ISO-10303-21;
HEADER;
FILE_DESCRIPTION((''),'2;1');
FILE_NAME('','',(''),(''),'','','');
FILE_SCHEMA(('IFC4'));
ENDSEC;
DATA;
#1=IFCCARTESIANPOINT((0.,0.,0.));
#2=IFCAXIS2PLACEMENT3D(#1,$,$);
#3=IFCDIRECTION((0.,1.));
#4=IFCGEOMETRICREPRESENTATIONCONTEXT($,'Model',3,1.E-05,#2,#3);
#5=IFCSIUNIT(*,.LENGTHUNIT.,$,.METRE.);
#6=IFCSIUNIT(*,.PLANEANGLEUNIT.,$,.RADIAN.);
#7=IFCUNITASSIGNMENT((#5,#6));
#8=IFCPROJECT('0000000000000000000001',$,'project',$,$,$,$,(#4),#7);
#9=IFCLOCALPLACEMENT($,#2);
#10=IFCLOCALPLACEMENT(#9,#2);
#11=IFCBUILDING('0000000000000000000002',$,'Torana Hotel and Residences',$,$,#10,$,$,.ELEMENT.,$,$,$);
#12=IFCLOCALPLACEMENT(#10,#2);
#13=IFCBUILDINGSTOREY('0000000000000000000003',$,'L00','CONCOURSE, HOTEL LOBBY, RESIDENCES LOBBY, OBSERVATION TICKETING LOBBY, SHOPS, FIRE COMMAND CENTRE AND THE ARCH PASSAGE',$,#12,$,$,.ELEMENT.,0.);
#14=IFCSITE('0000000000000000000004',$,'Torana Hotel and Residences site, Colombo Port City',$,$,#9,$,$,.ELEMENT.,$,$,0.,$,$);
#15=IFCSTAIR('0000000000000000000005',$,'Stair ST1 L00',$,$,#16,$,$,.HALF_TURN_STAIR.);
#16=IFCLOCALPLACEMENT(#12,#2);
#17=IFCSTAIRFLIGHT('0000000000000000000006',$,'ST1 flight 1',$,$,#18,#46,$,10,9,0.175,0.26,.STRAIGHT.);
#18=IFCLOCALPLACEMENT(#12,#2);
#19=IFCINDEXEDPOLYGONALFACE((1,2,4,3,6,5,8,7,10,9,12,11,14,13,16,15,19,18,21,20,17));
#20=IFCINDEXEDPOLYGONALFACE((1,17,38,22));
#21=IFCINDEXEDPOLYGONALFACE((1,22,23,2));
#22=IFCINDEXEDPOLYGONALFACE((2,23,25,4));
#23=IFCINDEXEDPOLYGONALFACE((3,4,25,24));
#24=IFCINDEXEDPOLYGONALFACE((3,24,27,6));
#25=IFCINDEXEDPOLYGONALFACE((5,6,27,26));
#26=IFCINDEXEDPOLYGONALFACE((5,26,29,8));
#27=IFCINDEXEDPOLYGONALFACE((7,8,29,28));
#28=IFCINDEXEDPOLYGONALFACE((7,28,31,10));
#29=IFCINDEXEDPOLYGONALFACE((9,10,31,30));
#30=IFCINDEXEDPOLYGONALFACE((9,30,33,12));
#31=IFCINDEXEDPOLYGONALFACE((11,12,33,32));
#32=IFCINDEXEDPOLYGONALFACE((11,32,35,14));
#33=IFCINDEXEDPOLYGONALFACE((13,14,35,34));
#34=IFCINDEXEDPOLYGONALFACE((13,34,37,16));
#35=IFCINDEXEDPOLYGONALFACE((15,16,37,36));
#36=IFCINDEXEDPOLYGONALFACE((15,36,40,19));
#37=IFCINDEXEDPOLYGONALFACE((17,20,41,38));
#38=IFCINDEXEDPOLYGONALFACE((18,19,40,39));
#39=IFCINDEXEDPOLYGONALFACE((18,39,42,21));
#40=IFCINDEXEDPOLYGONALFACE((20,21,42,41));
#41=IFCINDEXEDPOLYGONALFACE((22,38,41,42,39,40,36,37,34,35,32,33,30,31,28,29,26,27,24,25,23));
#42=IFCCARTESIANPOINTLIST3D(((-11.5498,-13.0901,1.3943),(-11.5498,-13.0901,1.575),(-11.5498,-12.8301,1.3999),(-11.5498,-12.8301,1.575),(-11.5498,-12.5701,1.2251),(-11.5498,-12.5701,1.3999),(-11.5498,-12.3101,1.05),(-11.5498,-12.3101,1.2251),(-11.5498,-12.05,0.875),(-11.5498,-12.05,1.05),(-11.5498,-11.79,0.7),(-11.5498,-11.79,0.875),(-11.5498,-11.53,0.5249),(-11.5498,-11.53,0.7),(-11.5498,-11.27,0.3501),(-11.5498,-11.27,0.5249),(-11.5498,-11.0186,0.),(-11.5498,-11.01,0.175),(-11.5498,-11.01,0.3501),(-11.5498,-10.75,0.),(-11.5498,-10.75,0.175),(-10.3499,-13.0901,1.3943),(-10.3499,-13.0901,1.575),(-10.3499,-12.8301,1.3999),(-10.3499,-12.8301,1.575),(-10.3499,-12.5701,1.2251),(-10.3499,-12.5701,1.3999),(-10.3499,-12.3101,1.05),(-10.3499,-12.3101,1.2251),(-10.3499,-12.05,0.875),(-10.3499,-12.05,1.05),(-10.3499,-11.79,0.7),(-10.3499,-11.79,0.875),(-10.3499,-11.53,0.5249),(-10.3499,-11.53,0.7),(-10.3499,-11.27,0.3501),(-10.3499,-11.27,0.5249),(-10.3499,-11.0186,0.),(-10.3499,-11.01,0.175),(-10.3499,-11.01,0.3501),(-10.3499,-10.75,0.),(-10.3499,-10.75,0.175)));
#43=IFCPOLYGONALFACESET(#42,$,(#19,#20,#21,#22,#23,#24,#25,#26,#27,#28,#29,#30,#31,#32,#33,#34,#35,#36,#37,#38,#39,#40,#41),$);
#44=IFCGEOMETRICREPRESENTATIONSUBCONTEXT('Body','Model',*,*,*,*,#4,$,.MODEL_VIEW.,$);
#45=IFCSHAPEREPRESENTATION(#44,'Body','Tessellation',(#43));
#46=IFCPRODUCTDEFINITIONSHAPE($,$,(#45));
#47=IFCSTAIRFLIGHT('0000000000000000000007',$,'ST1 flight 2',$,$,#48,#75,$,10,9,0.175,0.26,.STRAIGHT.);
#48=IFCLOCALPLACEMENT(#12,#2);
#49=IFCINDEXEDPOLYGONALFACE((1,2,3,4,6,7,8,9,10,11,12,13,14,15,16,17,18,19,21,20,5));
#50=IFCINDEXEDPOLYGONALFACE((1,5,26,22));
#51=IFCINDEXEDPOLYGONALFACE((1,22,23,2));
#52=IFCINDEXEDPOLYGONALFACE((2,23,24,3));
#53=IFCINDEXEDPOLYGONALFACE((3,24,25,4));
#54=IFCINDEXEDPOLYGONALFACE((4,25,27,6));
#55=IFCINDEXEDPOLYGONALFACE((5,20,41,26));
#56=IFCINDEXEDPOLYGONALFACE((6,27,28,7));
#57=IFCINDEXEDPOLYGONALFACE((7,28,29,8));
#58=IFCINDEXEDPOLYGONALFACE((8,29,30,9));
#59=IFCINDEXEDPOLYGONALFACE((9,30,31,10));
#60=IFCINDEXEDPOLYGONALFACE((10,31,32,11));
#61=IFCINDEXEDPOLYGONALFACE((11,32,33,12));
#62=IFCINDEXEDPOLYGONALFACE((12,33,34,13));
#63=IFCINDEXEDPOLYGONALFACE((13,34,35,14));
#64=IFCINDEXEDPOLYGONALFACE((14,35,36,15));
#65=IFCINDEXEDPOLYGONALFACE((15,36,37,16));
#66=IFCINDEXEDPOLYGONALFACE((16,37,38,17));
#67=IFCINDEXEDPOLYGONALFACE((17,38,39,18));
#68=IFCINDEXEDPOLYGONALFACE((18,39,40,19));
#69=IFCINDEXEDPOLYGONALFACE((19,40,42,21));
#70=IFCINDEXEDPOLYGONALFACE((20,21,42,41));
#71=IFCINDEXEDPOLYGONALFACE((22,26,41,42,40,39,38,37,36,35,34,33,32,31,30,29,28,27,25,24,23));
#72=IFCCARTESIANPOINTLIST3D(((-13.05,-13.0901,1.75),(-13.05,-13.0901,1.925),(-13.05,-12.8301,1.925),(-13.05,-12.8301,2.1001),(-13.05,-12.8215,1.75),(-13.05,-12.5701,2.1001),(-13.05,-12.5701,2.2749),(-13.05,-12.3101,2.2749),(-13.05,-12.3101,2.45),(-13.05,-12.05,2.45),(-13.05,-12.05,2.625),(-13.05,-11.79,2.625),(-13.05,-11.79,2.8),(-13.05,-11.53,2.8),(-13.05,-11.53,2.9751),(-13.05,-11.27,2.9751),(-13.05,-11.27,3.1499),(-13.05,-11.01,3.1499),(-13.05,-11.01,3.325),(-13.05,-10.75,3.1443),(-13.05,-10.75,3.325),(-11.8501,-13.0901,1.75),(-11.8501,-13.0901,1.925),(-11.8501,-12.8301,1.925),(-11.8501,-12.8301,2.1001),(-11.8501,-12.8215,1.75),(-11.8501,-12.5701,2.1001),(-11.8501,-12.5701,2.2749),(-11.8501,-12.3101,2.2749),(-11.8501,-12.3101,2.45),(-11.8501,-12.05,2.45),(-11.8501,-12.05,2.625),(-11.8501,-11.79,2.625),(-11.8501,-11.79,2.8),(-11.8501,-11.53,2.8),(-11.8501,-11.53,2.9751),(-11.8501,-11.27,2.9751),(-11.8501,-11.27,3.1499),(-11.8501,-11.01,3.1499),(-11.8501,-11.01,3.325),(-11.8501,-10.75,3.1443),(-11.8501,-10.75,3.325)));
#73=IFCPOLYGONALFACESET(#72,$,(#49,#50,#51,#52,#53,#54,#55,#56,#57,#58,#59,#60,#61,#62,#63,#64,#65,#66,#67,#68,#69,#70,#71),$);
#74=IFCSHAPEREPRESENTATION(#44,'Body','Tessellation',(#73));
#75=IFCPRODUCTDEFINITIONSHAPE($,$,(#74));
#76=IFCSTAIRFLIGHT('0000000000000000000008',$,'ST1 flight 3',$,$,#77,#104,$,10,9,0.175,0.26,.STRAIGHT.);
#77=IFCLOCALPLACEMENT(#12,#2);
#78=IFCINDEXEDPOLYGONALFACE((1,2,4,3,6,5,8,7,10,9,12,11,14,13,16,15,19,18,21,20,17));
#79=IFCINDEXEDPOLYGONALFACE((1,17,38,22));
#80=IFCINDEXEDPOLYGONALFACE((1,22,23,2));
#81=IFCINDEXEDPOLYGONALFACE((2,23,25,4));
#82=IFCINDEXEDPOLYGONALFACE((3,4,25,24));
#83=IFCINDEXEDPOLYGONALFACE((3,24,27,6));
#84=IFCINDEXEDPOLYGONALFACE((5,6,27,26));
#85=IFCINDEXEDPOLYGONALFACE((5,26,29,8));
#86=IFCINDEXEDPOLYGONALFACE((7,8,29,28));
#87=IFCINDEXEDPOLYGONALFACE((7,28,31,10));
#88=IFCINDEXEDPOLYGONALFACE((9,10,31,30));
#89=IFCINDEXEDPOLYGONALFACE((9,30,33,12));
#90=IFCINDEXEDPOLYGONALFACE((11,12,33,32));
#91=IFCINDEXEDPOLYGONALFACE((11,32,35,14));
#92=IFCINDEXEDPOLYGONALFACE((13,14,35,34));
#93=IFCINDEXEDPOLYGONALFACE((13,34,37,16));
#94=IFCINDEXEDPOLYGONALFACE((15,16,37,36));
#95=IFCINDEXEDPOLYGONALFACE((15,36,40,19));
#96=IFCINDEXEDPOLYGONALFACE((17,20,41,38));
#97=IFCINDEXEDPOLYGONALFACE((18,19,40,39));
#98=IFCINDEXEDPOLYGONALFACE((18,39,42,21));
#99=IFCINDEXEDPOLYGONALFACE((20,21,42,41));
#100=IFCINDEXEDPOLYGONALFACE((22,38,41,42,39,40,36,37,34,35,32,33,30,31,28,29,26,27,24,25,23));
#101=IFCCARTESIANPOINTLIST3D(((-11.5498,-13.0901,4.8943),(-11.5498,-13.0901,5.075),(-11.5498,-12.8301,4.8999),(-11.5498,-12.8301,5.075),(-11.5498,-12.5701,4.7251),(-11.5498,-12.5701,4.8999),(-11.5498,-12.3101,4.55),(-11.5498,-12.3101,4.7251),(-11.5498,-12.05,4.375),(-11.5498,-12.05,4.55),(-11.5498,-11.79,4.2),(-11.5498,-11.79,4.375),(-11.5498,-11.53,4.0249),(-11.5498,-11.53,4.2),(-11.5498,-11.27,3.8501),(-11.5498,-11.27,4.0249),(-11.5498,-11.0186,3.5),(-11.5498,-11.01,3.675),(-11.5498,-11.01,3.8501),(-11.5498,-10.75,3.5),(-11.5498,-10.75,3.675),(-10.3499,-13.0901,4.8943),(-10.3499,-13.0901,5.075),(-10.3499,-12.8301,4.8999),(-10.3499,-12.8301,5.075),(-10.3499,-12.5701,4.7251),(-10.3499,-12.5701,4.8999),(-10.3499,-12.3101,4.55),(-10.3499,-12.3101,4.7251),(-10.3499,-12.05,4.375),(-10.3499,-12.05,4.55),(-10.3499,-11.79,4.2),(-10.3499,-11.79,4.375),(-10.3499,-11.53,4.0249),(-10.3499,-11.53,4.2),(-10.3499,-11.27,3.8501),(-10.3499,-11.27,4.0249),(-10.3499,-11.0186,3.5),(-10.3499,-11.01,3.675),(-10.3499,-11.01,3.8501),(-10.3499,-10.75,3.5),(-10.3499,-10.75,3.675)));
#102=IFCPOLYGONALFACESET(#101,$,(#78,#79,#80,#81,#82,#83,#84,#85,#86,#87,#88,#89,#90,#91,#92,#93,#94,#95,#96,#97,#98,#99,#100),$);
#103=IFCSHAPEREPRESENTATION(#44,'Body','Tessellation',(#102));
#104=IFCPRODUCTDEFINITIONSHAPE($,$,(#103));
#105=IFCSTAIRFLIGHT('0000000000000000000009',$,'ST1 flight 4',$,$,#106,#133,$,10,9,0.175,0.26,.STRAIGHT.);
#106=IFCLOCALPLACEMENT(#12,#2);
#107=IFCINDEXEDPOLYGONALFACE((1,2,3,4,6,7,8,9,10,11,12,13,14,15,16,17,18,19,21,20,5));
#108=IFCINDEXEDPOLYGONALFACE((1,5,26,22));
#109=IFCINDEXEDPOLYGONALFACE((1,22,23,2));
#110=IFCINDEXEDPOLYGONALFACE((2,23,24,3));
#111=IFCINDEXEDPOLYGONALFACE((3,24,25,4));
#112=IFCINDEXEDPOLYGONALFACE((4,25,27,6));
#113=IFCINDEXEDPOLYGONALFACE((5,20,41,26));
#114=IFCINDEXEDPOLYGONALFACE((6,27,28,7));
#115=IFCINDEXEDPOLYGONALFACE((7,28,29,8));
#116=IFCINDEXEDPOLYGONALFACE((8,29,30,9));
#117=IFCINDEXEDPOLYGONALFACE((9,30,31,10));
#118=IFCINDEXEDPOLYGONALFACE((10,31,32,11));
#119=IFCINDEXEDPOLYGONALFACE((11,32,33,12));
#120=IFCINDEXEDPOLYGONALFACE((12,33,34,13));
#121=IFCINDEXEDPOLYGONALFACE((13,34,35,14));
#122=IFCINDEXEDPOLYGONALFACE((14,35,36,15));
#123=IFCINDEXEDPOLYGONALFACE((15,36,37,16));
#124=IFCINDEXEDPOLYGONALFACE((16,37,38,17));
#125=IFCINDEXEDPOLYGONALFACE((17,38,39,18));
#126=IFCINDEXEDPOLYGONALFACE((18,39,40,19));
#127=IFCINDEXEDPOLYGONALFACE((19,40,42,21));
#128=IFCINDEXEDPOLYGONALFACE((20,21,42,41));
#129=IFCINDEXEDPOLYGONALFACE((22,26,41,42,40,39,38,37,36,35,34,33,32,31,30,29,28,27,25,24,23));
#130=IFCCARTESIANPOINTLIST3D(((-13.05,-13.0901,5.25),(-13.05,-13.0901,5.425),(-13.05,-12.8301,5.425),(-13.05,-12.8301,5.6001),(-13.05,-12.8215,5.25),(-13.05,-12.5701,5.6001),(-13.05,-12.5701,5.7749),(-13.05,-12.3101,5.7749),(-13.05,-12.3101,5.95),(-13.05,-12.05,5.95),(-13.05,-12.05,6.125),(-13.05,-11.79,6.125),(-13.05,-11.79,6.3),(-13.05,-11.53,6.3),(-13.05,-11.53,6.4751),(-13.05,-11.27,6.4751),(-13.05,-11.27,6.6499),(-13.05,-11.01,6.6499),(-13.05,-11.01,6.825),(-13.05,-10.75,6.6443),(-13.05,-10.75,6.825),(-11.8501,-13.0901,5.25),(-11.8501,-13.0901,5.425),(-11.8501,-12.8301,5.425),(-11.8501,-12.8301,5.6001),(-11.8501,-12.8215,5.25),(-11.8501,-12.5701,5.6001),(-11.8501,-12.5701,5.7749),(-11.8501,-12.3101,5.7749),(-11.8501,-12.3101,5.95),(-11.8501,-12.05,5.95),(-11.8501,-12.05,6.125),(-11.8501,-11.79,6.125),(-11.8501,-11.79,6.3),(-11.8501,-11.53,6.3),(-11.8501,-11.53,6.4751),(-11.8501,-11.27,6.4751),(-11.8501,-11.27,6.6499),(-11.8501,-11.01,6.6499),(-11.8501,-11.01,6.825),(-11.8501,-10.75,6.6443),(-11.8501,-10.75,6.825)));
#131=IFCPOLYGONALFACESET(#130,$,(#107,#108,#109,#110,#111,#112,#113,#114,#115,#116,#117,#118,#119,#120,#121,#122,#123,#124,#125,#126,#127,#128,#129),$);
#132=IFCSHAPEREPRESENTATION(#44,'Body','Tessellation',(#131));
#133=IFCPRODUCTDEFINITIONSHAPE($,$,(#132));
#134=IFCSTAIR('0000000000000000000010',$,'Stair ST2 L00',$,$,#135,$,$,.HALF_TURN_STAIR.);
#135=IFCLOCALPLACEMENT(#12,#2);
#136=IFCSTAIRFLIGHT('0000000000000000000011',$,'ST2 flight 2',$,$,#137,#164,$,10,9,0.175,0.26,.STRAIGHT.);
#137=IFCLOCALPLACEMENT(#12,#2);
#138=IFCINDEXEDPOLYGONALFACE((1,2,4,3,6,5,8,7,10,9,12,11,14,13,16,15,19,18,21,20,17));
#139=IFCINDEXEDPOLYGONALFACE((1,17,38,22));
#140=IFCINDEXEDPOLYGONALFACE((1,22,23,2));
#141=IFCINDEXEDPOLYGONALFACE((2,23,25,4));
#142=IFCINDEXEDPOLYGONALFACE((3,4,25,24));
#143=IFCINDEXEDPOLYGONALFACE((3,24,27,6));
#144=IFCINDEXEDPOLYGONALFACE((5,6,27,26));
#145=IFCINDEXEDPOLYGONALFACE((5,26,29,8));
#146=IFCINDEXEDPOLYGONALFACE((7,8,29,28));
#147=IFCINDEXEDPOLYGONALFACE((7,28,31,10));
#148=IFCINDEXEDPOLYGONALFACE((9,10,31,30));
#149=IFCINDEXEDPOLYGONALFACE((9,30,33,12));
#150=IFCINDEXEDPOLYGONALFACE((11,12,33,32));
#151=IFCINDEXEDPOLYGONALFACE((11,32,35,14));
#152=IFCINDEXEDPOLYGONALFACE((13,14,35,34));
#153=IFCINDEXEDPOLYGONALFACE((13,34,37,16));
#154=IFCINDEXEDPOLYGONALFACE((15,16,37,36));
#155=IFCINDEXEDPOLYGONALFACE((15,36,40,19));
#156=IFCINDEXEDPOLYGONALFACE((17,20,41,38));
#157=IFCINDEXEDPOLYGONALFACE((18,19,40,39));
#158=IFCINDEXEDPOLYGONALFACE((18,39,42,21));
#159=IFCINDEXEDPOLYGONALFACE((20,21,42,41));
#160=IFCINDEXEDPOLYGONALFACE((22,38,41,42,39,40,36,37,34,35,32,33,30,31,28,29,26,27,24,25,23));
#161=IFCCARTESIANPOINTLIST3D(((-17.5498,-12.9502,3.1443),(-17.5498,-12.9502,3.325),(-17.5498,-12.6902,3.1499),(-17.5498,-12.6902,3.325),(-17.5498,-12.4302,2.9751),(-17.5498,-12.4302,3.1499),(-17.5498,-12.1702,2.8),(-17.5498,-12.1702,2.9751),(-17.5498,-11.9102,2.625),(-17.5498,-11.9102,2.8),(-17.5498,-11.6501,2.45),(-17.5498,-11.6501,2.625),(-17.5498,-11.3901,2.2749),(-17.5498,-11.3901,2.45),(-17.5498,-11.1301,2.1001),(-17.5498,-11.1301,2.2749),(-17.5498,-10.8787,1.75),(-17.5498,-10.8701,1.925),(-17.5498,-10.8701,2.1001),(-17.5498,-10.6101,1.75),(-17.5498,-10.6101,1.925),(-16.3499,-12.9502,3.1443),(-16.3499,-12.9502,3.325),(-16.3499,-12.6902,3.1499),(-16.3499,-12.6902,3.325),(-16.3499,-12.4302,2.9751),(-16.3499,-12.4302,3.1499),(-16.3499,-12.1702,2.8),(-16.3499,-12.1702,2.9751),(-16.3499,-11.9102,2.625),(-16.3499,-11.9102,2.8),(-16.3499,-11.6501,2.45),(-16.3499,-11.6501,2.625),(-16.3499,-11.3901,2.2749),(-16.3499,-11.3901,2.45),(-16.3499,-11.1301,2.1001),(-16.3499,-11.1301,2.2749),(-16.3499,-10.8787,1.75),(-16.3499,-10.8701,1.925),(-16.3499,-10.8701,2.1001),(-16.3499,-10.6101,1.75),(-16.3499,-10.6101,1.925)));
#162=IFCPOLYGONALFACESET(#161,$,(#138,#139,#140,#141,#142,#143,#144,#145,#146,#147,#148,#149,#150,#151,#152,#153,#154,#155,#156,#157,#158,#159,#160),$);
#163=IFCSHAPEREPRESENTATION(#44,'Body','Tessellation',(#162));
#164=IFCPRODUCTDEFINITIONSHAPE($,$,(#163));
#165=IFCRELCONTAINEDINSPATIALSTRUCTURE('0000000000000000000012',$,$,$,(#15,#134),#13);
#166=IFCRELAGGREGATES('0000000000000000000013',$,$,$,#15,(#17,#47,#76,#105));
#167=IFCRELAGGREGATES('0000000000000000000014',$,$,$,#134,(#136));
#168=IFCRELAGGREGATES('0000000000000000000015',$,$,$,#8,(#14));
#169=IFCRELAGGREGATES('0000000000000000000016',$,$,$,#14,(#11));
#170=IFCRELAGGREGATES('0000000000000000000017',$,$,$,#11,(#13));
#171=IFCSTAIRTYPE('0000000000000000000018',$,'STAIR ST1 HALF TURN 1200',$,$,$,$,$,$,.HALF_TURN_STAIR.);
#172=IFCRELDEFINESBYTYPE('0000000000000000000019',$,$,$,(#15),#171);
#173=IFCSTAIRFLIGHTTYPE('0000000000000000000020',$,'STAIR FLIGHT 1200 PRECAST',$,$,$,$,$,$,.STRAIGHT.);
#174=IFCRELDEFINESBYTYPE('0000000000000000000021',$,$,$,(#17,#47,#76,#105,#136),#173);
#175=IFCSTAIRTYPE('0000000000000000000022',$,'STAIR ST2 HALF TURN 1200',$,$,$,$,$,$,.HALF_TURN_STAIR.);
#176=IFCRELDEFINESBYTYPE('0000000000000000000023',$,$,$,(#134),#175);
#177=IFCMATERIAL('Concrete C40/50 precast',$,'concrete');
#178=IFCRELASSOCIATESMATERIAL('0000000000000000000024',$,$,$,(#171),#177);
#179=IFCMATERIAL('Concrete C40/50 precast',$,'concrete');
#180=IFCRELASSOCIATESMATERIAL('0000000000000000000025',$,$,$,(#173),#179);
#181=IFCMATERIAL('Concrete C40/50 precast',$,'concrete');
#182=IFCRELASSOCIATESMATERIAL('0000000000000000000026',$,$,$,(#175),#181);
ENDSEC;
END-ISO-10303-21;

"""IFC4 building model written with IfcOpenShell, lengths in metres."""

from ifc_helpers import new_model, si_unit, direction, frame, origin, place, context, subcontext, project, spatial, polyline, outline, extrude, material, type_object, element, aggregate, save


model = new_model("IFC4")

# Units and contexts
model_context = context("Model", 3, precision=1e-05, world=origin(), true_north=direction((0.0, 1.0)))
body_context = subcontext(model_context, "Body", "Model", "MODEL_VIEW")
ifc_project = project(units=[si_unit("LENGTHUNIT", "METRE"), si_unit("PLANEANGLEUNIT", "RADIAN")], contexts=[model_context])

# Site, building, storey
site_placement = place(None, origin())
site = spatial("IfcSite", under=ifc_project, at=site_placement, Name="Torana Hotel and Residences site, Colombo Port City", CompositionType="ELEMENT", RefElevation=0.0)
building_placement = place(site_placement, origin())
building = spatial("IfcBuilding", under=site, at=building_placement, Name="Torana Hotel and Residences", CompositionType="ELEMENT")
storey_placement = place(building_placement, origin())
storey = spatial("IfcBuildingStorey", under=building, at=storey_placement, Name="L00", Description="CONCOURSE, HOTEL LOBBY, RESIDENCES LOBBY, OBSERVATION TICKETING LOBBY, SHOPS, FIRE COMMAND CENTRE AND THE ARCH PASSAGE", CompositionType="ELEMENT", Elevation=0.0)

# Stairs, stair flights
ifc_material_1 = material(Name="Concrete C40/50 precast", Category="concrete")
stair_type_1 = type_object("IfcStairType", Name="STAIR ST1 HALF TURN 1200", PredefinedType="HALF_TURN_STAIR", material=ifc_material_1)
stair_1_placement = place(storey_placement, origin())
stair_1 = element("IfcStair", 1, at=stair_1_placement, inside=storey, type_object=stair_type_1, Name="Stair ST1 L00", PredefinedType="HALF_TURN_STAIR")
ifc_material_2 = material(Name="Concrete C40/50 precast", Category="concrete")
stair_flight_type = type_object("IfcStairFlightType", Name="STAIR FLIGHT 1200 PRECAST", PredefinedType="STRAIGHT", material=ifc_material_2)
stair_flight_1_placement = place(storey_placement, frame((-10.95, -10.75, 0.0), z_axis=(0.0, 0.0, 1.0), x_axis=(0.0, -1.0, 0.0)))
stair_flight_1 = element("IfcStairFlight", 2, at=stair_flight_1_placement, type_object=stair_flight_type, Name="ST1 flight 1", NumberOfRisers=10, NumberOfTreads=9, PredefinedType="STRAIGHT", RiserHeight=0.175, TreadLength=0.26, context=body_context, shape_type="SweptSolid", body=[
    extrude(outline(polyline([(0.0, 0.0), (0.0, 0.175), (0.26, 0.175), (0.26, 0.3501), (0.52, 0.3501), (0.52, 0.5249), (0.78, 0.5249), (0.78, 0.7), (1.04, 0.7), (1.04, 0.875), (1.3, 0.875), (1.3, 1.05), (1.5601, 1.05), (1.5601, 1.2251), (1.8201, 1.2251), (1.8201, 1.3999), (2.0801, 1.3999), (2.0801, 1.575), (2.3401, 1.575), (2.3401, 1.75), (2.3401, 1.3943), (0.2686, 0.0), (0.0, 0.0)])), frame((0.0, 0.6001, 0.0), z_axis=(0.0, -1.0, 0.0), x_axis=(1.0, 0.0, 0.0)), (0.0, 0.0, 1.0), 1.2),
])
stair_flight_2_placement = place(storey_placement, frame((-12.45, -13.0901, 1.75), z_axis=(0.0, 0.0, 1.0), x_axis=(0.0, 1.0, 0.0)))
stair_flight_2 = element("IfcStairFlight", 3, at=stair_flight_2_placement, type_object=stair_flight_type, Name="ST1 flight 2", NumberOfRisers=10, NumberOfTreads=9, PredefinedType="STRAIGHT", RiserHeight=0.175, TreadLength=0.26, context=body_context, shape_type="SweptSolid", body=[
    extrude(outline(polyline([(0.0, 0.0), (0.0, 0.175), (0.26, 0.175), (0.26, 0.3501), (0.52, 0.3501), (0.52, 0.5249), (0.78, 0.5249), (0.78, 0.7), (1.04, 0.7), (1.04, 0.875), (1.3, 0.875), (1.3, 1.05), (1.5601, 1.05), (1.5601, 1.2251), (1.8201, 1.2251), (1.8201, 1.3999), (2.0801, 1.3999), (2.0801, 1.575), (2.3401, 1.575), (2.3401, 1.75), (2.3401, 1.3943), (0.2686, 0.0), (0.0, 0.0)])), frame((0.0, 0.6001, 0.0), z_axis=(0.0, -1.0, 0.0), x_axis=(1.0, 0.0, 0.0)), (0.0, 0.0, 1.0), 1.2),
])
stair_flight_3_placement = place(storey_placement, frame((-10.95, -10.75, 3.5), z_axis=(0.0, 0.0, 1.0), x_axis=(0.0, -1.0, 0.0)))
stair_flight_3 = element("IfcStairFlight", 4, at=stair_flight_3_placement, type_object=stair_flight_type, Name="ST1 flight 3", NumberOfRisers=10, NumberOfTreads=9, PredefinedType="STRAIGHT", RiserHeight=0.175, TreadLength=0.26, context=body_context, shape_type="SweptSolid", body=[
    extrude(outline(polyline([(0.0, 0.0), (0.0, 0.175), (0.26, 0.175), (0.26, 0.3501), (0.52, 0.3501), (0.52, 0.5249), (0.78, 0.5249), (0.78, 0.7), (1.04, 0.7), (1.04, 0.875), (1.3, 0.875), (1.3, 1.05), (1.5601, 1.05), (1.5601, 1.2251), (1.8201, 1.2251), (1.8201, 1.3999), (2.0801, 1.3999), (2.0801, 1.575), (2.3401, 1.575), (2.3401, 1.75), (2.3401, 1.3943), (0.2686, 0.0), (0.0, 0.0)])), frame((0.0, 0.6001, 0.0), z_axis=(0.0, -1.0, 0.0), x_axis=(1.0, 0.0, 0.0)), (0.0, 0.0, 1.0), 1.2),
])
stair_flight_4_placement = place(storey_placement, frame((-12.45, -13.0901, 5.25), z_axis=(0.0, 0.0, 1.0), x_axis=(0.0, 1.0, 0.0)))
stair_flight_4 = element("IfcStairFlight", 5, at=stair_flight_4_placement, type_object=stair_flight_type, Name="ST1 flight 4", NumberOfRisers=10, NumberOfTreads=9, PredefinedType="STRAIGHT", RiserHeight=0.175, TreadLength=0.26, context=body_context, shape_type="SweptSolid", body=[
    extrude(outline(polyline([(0.0, 0.0), (0.0, 0.175), (0.26, 0.175), (0.26, 0.3501), (0.52, 0.3501), (0.52, 0.5249), (0.78, 0.5249), (0.78, 0.7), (1.04, 0.7), (1.04, 0.875), (1.3, 0.875), (1.3, 1.05), (1.5601, 1.05), (1.5601, 1.2251), (1.8201, 1.2251), (1.8201, 1.3999), (2.0801, 1.3999), (2.0801, 1.575), (2.3401, 1.575), (2.3401, 1.75), (2.3401, 1.3943), (0.2686, 0.0), (0.0, 0.0)])), frame((0.0, 0.6001, 0.0), z_axis=(0.0, -1.0, 0.0), x_axis=(1.0, 0.0, 0.0)), (0.0, 0.0, 1.0), 1.2),
])
aggregate(stair_1, [stair_flight_1, stair_flight_2, stair_flight_3, stair_flight_4])
ifc_material_3 = material(Name="Concrete C40/50 precast", Category="concrete")
stair_type_2 = type_object("IfcStairType", Name="STAIR ST2 HALF TURN 1200", PredefinedType="HALF_TURN_STAIR", material=ifc_material_3)
stair_2_placement = place(storey_placement, origin())
stair_2 = element("IfcStair", 6, at=stair_2_placement, inside=storey, type_object=stair_type_2, Name="Stair ST2 L00", PredefinedType="HALF_TURN_STAIR")
stair_flight_5_placement = place(storey_placement, frame((-16.95, -10.6101, 1.75), z_axis=(0.0, 0.0, 1.0), x_axis=(0.0, -1.0, 0.0)))
stair_flight_5 = element("IfcStairFlight", 7, at=stair_flight_5_placement, type_object=stair_flight_type, Name="ST2 flight 2", NumberOfRisers=10, NumberOfTreads=9, PredefinedType="STRAIGHT", RiserHeight=0.175, TreadLength=0.26, context=body_context, shape_type="SweptSolid", body=[
    extrude(outline(polyline([(0.0, 0.0), (0.0, 0.175), (0.26, 0.175), (0.26, 0.3501), (0.52, 0.3501), (0.52, 0.5249), (0.78, 0.5249), (0.78, 0.7), (1.04, 0.7), (1.04, 0.875), (1.3, 0.875), (1.3, 1.05), (1.5601, 1.05), (1.5601, 1.2251), (1.8201, 1.2251), (1.8201, 1.3999), (2.0801, 1.3999), (2.0801, 1.575), (2.3401, 1.575), (2.3401, 1.75), (2.3401, 1.3943), (0.2686, 0.0), (0.0, 0.0)])), frame((0.0, 0.6001, 0.0), z_axis=(0.0, -1.0, 0.0), x_axis=(1.0, 0.0, 0.0)), (0.0, 0.0, 1.0), 1.2),
])
aggregate(stair_2, [stair_flight_5])

save(model, "model.ifc")
